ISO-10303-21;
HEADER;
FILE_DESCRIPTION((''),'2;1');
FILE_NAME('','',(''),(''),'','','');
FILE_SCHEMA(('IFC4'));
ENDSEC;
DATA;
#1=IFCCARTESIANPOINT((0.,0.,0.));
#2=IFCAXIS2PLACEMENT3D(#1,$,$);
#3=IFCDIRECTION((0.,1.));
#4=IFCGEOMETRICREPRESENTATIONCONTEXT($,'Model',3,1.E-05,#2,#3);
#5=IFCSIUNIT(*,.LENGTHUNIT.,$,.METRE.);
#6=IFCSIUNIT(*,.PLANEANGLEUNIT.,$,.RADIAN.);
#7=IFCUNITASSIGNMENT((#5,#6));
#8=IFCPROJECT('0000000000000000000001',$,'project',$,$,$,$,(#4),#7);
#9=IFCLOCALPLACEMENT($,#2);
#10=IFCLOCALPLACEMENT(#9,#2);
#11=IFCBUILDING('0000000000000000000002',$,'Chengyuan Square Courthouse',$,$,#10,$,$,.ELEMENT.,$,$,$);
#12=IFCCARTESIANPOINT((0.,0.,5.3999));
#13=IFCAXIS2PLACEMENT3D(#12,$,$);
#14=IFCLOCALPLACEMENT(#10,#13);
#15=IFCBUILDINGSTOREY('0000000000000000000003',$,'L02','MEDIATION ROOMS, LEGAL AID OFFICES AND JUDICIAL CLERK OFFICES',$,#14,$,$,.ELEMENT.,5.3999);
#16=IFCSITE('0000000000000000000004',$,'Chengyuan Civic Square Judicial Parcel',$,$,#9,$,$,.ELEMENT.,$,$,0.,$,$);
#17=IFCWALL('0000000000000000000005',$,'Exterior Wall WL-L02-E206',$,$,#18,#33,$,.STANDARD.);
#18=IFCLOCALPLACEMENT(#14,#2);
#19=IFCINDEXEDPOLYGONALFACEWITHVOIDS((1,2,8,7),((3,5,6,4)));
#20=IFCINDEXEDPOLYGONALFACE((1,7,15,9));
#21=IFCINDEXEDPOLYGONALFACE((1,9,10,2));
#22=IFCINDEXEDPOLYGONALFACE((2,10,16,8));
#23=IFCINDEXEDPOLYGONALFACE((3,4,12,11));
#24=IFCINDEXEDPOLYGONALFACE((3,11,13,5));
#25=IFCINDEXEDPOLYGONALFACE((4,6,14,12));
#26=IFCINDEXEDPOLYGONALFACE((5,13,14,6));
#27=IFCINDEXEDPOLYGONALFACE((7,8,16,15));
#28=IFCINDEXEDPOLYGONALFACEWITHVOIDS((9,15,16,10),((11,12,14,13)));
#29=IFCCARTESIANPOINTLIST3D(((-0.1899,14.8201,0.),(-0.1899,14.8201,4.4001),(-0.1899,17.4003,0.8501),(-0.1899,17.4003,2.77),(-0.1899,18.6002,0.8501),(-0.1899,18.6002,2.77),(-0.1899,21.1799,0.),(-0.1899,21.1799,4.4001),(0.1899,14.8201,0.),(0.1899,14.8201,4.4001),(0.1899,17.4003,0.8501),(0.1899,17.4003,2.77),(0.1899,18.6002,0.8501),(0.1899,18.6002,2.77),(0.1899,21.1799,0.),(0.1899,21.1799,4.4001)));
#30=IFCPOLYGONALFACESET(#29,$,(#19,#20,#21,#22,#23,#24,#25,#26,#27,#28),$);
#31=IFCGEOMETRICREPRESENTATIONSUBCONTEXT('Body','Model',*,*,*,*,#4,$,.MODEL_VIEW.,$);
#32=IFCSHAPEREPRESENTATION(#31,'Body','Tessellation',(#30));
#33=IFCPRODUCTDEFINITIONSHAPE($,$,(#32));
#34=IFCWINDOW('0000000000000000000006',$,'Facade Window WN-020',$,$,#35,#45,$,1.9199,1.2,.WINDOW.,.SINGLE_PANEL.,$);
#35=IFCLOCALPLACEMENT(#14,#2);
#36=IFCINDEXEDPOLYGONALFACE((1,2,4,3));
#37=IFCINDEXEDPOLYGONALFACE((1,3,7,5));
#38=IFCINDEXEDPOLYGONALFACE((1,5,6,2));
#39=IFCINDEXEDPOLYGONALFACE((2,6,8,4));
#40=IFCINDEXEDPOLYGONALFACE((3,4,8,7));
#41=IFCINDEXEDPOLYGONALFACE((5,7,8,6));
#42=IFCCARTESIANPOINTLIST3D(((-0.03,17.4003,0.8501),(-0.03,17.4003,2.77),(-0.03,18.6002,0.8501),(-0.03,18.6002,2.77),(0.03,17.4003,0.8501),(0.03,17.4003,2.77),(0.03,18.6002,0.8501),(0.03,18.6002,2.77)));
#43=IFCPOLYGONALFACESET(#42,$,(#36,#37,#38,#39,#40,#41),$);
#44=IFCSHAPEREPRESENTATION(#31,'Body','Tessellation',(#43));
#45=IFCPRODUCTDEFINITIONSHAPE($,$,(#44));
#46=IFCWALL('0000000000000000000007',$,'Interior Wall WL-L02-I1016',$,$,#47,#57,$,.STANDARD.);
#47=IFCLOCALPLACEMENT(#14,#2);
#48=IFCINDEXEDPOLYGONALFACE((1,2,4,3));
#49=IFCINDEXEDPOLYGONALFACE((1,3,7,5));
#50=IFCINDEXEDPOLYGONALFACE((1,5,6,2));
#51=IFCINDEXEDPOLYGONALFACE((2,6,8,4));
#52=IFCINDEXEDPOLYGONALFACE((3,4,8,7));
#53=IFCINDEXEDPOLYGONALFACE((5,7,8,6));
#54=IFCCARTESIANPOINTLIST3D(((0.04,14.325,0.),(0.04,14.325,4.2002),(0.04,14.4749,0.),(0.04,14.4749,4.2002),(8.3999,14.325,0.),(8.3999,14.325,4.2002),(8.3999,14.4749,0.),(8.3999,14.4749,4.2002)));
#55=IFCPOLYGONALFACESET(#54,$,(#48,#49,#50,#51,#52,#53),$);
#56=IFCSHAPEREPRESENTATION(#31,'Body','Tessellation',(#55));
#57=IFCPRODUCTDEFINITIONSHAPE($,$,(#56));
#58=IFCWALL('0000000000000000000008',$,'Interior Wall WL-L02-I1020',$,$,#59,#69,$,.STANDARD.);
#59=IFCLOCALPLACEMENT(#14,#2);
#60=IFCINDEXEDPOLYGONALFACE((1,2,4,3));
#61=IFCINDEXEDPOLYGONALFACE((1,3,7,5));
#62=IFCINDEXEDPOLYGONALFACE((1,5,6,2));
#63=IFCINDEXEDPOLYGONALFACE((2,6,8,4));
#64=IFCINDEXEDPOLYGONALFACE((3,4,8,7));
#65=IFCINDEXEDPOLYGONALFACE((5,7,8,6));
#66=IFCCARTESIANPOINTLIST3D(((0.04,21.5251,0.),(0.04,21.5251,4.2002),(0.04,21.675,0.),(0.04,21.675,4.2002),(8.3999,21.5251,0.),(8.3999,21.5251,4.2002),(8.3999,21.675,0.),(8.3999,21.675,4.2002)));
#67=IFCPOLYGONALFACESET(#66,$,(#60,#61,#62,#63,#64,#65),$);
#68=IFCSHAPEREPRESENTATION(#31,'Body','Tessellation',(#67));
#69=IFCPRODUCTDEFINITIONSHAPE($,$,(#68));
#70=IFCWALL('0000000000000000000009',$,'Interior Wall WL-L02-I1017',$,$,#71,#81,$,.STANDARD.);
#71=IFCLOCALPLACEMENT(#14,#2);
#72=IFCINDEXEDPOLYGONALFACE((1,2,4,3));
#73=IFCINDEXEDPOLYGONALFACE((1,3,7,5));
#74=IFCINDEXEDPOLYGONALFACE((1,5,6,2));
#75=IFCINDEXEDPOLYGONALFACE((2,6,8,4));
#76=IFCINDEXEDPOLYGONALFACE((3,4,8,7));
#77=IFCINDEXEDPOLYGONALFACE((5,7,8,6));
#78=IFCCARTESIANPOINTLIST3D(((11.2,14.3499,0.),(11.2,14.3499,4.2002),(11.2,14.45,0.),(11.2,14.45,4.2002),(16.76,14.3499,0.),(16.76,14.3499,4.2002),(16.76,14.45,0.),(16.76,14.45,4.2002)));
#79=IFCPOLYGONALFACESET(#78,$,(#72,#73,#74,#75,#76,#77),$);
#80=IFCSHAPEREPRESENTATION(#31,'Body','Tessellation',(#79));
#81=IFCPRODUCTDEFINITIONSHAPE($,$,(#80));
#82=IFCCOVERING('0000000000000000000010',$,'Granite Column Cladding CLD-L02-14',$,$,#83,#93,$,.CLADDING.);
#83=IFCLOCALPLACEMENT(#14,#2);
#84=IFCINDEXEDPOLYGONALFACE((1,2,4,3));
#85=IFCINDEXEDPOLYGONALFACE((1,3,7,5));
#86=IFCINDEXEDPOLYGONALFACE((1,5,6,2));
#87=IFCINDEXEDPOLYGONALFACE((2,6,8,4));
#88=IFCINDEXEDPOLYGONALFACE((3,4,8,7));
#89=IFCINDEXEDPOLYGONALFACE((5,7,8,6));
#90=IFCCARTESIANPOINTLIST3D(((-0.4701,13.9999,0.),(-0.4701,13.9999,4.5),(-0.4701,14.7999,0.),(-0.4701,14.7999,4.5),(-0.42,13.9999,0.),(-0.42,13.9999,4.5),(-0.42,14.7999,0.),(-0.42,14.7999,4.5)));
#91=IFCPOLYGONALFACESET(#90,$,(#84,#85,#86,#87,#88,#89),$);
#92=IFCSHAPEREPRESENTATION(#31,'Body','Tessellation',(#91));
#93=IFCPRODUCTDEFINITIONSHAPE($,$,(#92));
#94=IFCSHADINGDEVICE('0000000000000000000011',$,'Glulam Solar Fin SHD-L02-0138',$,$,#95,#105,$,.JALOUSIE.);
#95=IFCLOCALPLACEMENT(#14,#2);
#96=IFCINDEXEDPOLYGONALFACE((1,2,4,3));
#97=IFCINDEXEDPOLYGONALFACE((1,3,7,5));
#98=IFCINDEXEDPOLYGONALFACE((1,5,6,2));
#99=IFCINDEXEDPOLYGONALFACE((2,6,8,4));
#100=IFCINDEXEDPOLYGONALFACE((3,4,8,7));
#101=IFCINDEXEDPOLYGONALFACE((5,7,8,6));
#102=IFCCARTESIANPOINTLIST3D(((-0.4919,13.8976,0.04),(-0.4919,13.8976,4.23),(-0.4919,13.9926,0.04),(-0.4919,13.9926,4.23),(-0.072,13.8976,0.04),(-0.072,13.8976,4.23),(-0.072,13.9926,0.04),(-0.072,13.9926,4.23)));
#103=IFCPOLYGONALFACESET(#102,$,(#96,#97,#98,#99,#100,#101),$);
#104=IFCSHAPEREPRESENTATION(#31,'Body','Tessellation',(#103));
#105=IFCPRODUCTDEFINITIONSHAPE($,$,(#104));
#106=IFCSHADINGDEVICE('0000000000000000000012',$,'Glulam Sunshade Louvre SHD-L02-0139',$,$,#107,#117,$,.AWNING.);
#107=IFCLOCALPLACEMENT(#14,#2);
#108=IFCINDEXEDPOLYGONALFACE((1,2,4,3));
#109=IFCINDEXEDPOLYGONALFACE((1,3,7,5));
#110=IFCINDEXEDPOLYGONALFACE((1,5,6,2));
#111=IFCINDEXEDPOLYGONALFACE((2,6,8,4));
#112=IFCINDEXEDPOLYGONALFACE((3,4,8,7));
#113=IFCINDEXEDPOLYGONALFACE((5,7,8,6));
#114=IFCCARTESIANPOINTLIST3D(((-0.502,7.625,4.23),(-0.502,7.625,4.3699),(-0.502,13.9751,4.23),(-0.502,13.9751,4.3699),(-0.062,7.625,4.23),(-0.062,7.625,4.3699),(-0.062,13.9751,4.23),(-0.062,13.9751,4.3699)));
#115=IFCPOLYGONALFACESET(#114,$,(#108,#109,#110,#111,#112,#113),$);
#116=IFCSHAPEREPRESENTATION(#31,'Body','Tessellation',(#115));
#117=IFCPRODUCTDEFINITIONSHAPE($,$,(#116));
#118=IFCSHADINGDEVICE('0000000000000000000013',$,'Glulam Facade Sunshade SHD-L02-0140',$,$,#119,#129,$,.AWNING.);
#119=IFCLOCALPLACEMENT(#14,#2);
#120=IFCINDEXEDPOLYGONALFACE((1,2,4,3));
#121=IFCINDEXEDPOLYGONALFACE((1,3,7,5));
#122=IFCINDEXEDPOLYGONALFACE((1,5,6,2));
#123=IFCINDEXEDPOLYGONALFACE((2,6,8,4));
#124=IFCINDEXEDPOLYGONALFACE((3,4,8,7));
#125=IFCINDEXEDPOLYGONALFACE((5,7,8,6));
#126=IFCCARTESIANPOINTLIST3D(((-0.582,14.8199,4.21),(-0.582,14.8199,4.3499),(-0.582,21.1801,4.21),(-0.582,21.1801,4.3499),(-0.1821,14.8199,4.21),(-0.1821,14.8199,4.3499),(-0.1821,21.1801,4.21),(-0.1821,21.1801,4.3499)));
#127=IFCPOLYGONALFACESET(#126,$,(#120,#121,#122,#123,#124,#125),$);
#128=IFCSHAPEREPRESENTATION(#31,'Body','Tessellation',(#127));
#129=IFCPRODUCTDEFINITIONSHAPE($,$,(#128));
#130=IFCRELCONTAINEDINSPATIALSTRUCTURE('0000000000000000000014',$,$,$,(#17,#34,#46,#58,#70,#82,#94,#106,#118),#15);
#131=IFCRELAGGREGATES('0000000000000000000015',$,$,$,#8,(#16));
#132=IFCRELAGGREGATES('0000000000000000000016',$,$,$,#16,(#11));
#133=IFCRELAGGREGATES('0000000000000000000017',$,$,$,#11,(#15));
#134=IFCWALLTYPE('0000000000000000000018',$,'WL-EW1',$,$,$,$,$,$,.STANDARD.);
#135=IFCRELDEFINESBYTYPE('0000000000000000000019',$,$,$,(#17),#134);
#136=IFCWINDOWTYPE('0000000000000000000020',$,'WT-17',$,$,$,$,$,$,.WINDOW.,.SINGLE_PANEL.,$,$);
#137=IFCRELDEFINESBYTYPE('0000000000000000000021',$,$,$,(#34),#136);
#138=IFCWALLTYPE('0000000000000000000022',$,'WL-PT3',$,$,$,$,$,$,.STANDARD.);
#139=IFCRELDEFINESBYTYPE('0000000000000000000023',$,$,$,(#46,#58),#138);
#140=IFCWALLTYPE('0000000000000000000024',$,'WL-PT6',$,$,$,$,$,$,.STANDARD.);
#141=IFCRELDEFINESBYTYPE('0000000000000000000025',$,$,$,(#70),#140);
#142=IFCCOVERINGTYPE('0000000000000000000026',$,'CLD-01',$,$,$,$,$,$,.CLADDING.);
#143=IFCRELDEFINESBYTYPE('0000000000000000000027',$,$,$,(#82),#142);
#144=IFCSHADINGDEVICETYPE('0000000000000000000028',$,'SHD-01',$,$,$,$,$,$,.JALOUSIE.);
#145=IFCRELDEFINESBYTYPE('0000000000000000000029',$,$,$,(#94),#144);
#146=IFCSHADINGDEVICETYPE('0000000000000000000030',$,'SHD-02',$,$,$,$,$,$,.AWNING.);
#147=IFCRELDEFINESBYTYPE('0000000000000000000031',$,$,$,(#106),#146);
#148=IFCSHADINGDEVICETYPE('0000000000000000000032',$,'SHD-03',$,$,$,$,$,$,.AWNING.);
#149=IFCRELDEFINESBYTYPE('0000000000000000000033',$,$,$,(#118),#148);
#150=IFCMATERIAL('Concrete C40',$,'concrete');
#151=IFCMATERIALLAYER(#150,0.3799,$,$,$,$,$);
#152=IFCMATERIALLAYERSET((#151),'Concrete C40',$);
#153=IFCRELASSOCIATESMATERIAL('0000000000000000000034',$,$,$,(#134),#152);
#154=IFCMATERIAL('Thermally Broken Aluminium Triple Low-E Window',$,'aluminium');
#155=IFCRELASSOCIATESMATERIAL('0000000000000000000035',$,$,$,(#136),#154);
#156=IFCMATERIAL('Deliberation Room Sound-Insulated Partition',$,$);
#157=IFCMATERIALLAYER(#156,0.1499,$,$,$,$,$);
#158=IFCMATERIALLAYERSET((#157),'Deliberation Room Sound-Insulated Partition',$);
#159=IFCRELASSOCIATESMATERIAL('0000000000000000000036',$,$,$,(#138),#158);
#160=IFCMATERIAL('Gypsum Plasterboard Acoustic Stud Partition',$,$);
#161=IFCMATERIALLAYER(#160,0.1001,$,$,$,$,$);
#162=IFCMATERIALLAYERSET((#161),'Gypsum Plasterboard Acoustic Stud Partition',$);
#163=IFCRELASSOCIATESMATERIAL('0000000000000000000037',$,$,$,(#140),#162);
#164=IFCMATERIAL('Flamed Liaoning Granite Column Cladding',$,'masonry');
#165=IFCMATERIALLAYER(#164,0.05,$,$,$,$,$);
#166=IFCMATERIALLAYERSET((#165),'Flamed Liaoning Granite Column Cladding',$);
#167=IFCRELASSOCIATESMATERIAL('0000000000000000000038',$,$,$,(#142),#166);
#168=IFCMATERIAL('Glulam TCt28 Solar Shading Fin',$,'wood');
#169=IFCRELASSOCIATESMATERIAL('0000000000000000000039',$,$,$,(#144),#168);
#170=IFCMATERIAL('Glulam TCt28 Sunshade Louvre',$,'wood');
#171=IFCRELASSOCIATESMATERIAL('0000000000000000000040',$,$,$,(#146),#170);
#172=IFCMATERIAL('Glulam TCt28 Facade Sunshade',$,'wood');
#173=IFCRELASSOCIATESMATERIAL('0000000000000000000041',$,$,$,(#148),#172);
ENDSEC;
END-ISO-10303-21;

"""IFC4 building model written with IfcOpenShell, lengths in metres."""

from ifc_helpers import new_model, si_unit, direction, frame, frame_2d, origin, origin_2d, place, context, subcontext, project, spatial, rectangle, extrude, material, layer, layer_set, type_object, element, fill, save


model = new_model("IFC4")

# Units and contexts
model_context = context("Model", 3, precision=1e-05, world=origin(), true_north=direction((0.0, 1.0)))
body_context = subcontext(model_context, "Body", "Model", "MODEL_VIEW")
ifc_project = project(units=[si_unit("LENGTHUNIT", "METRE"), si_unit("PLANEANGLEUNIT", "RADIAN")], contexts=[model_context])

# Site, building, storey
site_placement = place(None, origin())
site = spatial("IfcSite", under=ifc_project, at=site_placement, Name="Chengyuan Civic Square Judicial Parcel", CompositionType="ELEMENT", RefElevation=0.0)
building_placement = place(site_placement, origin())
building = spatial("IfcBuilding", under=site, at=building_placement, Name="Chengyuan Square Courthouse", CompositionType="ELEMENT")
storey_placement = place(building_placement, frame((0.0, 0.0, 5.3999)))
storey = spatial("IfcBuildingStorey", under=building, at=storey_placement, Name="L02", Description="MEDIATION ROOMS, LEGAL AID OFFICES AND JUDICIAL CLERK OFFICES", CompositionType="ELEMENT", Elevation=5.3999)

# Shared definitions
ifc_material_1 = material(Name="Concrete C40", Category="concrete")

# Wall, opening, window
ifc_layer_1 = layer(ifc_material_1, 0.3799)
ifc_layer_set_1 = layer_set([ifc_layer_1], Name="Concrete C40")
wall_type_1 = type_object("IfcWallType", Name="WL-EW1", PredefinedType="STANDARD", material=ifc_layer_set_1)
wall_1_placement = place(storey_placement, frame((0.0, 14.8201, 0.0), z_axis=(0.0, 0.0, 1.0), x_axis=(0.0, 1.0, 0.0)))
wall_1 = element("IfcWall", 1, at=wall_1_placement, inside=storey, type_object=wall_type_1, Name="Exterior Wall WL-L02-E206", PredefinedType="STANDARD", context=body_context, shape_type="SweptSolid", body=[
    extrude(rectangle(XDim=6.3599, YDim=0.3799, at=frame_2d((3.1799, 0.0))), origin(), (0.0, 0.0, 1.0), 4.4001),
])
opening_placement = place(wall_1_placement, frame((2.5801, 0.0, 0.8501)))
opening = element("IfcOpeningElement", 2, at=opening_placement, cuts=wall_1, PredefinedType="OPENING", context=body_context, shape_type="SweptSolid", body=[
    extrude(rectangle(XDim=1.2, YDim=1.9199, at=frame_2d((0.6001, 0.96))), frame((0.0, 0.2019, 0.0), z_axis=(0.0, -1.0, 0.0), x_axis=(1.0, 0.0, 0.0)), (0.0, 0.0, 1.0), 0.4038),
])
ifc_material_2 = material(Name="Thermally Broken Aluminium Triple Low-E Window", Category="aluminium")
window_type = type_object("IfcWindowType", Name="WT-17", PartitioningType="SINGLE_PANEL", PredefinedType="WINDOW", material=ifc_material_2)
window_placement = place(opening_placement, origin())
window = element("IfcWindow", 3, at=window_placement, inside=storey, type_object=window_type, Name="Facade Window WN-020", OverallHeight=1.9199, OverallWidth=1.2, PartitioningType="SINGLE_PANEL", PredefinedType="WINDOW", context=body_context, shape_type="SweptSolid", body=[
    extrude(rectangle(XDim=1.2, YDim=1.9199, at=frame_2d((0.6001, 0.96))), frame((0.0, 0.03, 0.0), z_axis=(0.0, -1.0, 0.0), x_axis=(1.0, 0.0, 0.0)), (0.0, 0.0, 1.0), 0.0601),
])
fill(opening, window)

# Walls
ifc_material_3 = material(Name="Deliberation Room Sound-Insulated Partition")
ifc_layer_2 = layer(ifc_material_3, 0.1499)
ifc_layer_set_2 = layer_set([ifc_layer_2], Name="Deliberation Room Sound-Insulated Partition")
wall_type_2 = type_object("IfcWallType", Name="WL-PT3", PredefinedType="STANDARD", material=ifc_layer_set_2)
for number, where, z_axis, x_axis, name in (
    (4, (0.04, 14.3999, 0.0), (0.0, 0.0, 1.0), (1.0, 0.0, 0.0), "Interior Wall WL-L02-I1016"),
    (5, (0.04, 21.6001, 0.0), (0.0, 0.0, 1.0), (1.0, 0.0, 0.0), "Interior Wall WL-L02-I1020"),
):
    element("IfcWall", number, at=place(storey_placement, frame(where, z_axis=z_axis, x_axis=x_axis)), inside=storey, type_object=wall_type_2, Name=name, PredefinedType="STANDARD", context=body_context, shape_type="SweptSolid", body=[
        extrude(rectangle(XDim=8.3599, YDim=0.1499, at=frame_2d((4.1799, 0.0))), origin(), (0.0, 0.0, 1.0), 4.2002),
    ])
ifc_material_4 = material(Name="Gypsum Plasterboard Acoustic Stud Partition")
ifc_layer_3 = layer(ifc_material_4, 0.1001)
ifc_layer_set_3 = layer_set([ifc_layer_3], Name="Gypsum Plasterboard Acoustic Stud Partition")
wall_type_3 = type_object("IfcWallType", Name="WL-PT6", PredefinedType="STANDARD", material=ifc_layer_set_3)
wall_2_placement = place(storey_placement, frame((11.2, 14.3999, 0.0), z_axis=(0.0, 0.0, 1.0), x_axis=(1.0, 0.0, 0.0)))
element("IfcWall", 6, at=wall_2_placement, inside=storey, type_object=wall_type_3, Name="Interior Wall WL-L02-I1017", PredefinedType="STANDARD", context=body_context, shape_type="SweptSolid", body=[
    extrude(rectangle(XDim=5.5601, YDim=0.1001, at=frame_2d((2.78, 0.0))), origin(), (0.0, 0.0, 1.0), 4.2002),
])

# Covering
ifc_material_5 = material(Name="Flamed Liaoning Granite Column Cladding", Category="masonry")
ifc_layer_4 = layer(ifc_material_5, 0.05)
ifc_layer_set_4 = layer_set([ifc_layer_4], Name="Flamed Liaoning Granite Column Cladding")
covering_type = type_object("IfcCoveringType", Name="CLD-01", PredefinedType="CLADDING", material=ifc_layer_set_4)
covering_placement = place(storey_placement, frame((-0.4451, 14.3999, 0.0), z_axis=(0.0, 0.0, 1.0), x_axis=(1.0, 0.0, 0.0)))
element("IfcCovering", 7, at=covering_placement, inside=storey, type_object=covering_type, Name="Granite Column Cladding CLD-L02-14", PredefinedType="CLADDING", context=body_context, shape_type="SweptSolid", body=[
    extrude(rectangle(XDim=0.05, YDim=0.8, at=origin_2d()), origin(), (0.0, 0.0, 1.0), 4.5),
])

# Shading devices
ifc_material_6 = material(Name="Glulam TCt28 Solar Shading Fin", Category="wood")
shading_device_type_1 = type_object("IfcShadingDeviceType", Name="SHD-01", PredefinedType="JALOUSIE", material=ifc_material_6)
shading_device_1_placement = place(storey_placement, frame((-0.282, 13.9451, 0.04), z_axis=(0.0, 0.0, 1.0), x_axis=(1.0, 0.0, 0.0)))
element("IfcShadingDevice", 8, at=shading_device_1_placement, inside=storey, type_object=shading_device_type_1, Name="Glulam Solar Fin SHD-L02-0138", PredefinedType="JALOUSIE", context=body_context, shape_type="SweptSolid", body=[
    extrude(rectangle(XDim=0.4199, YDim=0.095, at=origin_2d()), origin(), (0.0, 0.0, 1.0), 4.1899),
])
ifc_material_7 = material(Name="Glulam TCt28 Sunshade Louvre", Category="wood")
shading_device_type_2 = type_object("IfcShadingDeviceType", Name="SHD-02", PredefinedType="AWNING", material=ifc_material_7)
shading_device_2_placement = place(storey_placement, frame((-0.282, 10.8, 4.23), z_axis=(0.0, 0.0, 1.0), x_axis=(0.0, 1.0, 0.0)))
element("IfcShadingDevice", 9, at=shading_device_2_placement, inside=storey, type_object=shading_device_type_2, Name="Glulam Sunshade Louvre SHD-L02-0139", PredefinedType="AWNING", context=body_context, shape_type="SweptSolid", body=[
    extrude(rectangle(XDim=6.3501, YDim=0.4399, at=origin_2d()), origin(), (0.0, 0.0, 1.0), 0.1399),
])
ifc_material_8 = material(Name="Glulam TCt28 Facade Sunshade", Category="wood")
shading_device_type_3 = type_object("IfcShadingDeviceType", Name="SHD-03", PredefinedType="AWNING", material=ifc_material_8)
shading_device_3_placement = place(storey_placement, frame((-0.3821, 18.0, 4.21), z_axis=(0.0, 0.0, 1.0), x_axis=(0.0, 1.0, 0.0)))
element("IfcShadingDevice", 10, at=shading_device_3_placement, inside=storey, type_object=shading_device_type_3, Name="Glulam Facade Sunshade SHD-L02-0140", PredefinedType="AWNING", context=body_context, shape_type="SweptSolid", body=[
    extrude(rectangle(XDim=6.3601, YDim=0.3999, at=origin_2d()), origin(), (0.0, 0.0, 1.0), 0.1399),
])

save(model, "model.ifc")
